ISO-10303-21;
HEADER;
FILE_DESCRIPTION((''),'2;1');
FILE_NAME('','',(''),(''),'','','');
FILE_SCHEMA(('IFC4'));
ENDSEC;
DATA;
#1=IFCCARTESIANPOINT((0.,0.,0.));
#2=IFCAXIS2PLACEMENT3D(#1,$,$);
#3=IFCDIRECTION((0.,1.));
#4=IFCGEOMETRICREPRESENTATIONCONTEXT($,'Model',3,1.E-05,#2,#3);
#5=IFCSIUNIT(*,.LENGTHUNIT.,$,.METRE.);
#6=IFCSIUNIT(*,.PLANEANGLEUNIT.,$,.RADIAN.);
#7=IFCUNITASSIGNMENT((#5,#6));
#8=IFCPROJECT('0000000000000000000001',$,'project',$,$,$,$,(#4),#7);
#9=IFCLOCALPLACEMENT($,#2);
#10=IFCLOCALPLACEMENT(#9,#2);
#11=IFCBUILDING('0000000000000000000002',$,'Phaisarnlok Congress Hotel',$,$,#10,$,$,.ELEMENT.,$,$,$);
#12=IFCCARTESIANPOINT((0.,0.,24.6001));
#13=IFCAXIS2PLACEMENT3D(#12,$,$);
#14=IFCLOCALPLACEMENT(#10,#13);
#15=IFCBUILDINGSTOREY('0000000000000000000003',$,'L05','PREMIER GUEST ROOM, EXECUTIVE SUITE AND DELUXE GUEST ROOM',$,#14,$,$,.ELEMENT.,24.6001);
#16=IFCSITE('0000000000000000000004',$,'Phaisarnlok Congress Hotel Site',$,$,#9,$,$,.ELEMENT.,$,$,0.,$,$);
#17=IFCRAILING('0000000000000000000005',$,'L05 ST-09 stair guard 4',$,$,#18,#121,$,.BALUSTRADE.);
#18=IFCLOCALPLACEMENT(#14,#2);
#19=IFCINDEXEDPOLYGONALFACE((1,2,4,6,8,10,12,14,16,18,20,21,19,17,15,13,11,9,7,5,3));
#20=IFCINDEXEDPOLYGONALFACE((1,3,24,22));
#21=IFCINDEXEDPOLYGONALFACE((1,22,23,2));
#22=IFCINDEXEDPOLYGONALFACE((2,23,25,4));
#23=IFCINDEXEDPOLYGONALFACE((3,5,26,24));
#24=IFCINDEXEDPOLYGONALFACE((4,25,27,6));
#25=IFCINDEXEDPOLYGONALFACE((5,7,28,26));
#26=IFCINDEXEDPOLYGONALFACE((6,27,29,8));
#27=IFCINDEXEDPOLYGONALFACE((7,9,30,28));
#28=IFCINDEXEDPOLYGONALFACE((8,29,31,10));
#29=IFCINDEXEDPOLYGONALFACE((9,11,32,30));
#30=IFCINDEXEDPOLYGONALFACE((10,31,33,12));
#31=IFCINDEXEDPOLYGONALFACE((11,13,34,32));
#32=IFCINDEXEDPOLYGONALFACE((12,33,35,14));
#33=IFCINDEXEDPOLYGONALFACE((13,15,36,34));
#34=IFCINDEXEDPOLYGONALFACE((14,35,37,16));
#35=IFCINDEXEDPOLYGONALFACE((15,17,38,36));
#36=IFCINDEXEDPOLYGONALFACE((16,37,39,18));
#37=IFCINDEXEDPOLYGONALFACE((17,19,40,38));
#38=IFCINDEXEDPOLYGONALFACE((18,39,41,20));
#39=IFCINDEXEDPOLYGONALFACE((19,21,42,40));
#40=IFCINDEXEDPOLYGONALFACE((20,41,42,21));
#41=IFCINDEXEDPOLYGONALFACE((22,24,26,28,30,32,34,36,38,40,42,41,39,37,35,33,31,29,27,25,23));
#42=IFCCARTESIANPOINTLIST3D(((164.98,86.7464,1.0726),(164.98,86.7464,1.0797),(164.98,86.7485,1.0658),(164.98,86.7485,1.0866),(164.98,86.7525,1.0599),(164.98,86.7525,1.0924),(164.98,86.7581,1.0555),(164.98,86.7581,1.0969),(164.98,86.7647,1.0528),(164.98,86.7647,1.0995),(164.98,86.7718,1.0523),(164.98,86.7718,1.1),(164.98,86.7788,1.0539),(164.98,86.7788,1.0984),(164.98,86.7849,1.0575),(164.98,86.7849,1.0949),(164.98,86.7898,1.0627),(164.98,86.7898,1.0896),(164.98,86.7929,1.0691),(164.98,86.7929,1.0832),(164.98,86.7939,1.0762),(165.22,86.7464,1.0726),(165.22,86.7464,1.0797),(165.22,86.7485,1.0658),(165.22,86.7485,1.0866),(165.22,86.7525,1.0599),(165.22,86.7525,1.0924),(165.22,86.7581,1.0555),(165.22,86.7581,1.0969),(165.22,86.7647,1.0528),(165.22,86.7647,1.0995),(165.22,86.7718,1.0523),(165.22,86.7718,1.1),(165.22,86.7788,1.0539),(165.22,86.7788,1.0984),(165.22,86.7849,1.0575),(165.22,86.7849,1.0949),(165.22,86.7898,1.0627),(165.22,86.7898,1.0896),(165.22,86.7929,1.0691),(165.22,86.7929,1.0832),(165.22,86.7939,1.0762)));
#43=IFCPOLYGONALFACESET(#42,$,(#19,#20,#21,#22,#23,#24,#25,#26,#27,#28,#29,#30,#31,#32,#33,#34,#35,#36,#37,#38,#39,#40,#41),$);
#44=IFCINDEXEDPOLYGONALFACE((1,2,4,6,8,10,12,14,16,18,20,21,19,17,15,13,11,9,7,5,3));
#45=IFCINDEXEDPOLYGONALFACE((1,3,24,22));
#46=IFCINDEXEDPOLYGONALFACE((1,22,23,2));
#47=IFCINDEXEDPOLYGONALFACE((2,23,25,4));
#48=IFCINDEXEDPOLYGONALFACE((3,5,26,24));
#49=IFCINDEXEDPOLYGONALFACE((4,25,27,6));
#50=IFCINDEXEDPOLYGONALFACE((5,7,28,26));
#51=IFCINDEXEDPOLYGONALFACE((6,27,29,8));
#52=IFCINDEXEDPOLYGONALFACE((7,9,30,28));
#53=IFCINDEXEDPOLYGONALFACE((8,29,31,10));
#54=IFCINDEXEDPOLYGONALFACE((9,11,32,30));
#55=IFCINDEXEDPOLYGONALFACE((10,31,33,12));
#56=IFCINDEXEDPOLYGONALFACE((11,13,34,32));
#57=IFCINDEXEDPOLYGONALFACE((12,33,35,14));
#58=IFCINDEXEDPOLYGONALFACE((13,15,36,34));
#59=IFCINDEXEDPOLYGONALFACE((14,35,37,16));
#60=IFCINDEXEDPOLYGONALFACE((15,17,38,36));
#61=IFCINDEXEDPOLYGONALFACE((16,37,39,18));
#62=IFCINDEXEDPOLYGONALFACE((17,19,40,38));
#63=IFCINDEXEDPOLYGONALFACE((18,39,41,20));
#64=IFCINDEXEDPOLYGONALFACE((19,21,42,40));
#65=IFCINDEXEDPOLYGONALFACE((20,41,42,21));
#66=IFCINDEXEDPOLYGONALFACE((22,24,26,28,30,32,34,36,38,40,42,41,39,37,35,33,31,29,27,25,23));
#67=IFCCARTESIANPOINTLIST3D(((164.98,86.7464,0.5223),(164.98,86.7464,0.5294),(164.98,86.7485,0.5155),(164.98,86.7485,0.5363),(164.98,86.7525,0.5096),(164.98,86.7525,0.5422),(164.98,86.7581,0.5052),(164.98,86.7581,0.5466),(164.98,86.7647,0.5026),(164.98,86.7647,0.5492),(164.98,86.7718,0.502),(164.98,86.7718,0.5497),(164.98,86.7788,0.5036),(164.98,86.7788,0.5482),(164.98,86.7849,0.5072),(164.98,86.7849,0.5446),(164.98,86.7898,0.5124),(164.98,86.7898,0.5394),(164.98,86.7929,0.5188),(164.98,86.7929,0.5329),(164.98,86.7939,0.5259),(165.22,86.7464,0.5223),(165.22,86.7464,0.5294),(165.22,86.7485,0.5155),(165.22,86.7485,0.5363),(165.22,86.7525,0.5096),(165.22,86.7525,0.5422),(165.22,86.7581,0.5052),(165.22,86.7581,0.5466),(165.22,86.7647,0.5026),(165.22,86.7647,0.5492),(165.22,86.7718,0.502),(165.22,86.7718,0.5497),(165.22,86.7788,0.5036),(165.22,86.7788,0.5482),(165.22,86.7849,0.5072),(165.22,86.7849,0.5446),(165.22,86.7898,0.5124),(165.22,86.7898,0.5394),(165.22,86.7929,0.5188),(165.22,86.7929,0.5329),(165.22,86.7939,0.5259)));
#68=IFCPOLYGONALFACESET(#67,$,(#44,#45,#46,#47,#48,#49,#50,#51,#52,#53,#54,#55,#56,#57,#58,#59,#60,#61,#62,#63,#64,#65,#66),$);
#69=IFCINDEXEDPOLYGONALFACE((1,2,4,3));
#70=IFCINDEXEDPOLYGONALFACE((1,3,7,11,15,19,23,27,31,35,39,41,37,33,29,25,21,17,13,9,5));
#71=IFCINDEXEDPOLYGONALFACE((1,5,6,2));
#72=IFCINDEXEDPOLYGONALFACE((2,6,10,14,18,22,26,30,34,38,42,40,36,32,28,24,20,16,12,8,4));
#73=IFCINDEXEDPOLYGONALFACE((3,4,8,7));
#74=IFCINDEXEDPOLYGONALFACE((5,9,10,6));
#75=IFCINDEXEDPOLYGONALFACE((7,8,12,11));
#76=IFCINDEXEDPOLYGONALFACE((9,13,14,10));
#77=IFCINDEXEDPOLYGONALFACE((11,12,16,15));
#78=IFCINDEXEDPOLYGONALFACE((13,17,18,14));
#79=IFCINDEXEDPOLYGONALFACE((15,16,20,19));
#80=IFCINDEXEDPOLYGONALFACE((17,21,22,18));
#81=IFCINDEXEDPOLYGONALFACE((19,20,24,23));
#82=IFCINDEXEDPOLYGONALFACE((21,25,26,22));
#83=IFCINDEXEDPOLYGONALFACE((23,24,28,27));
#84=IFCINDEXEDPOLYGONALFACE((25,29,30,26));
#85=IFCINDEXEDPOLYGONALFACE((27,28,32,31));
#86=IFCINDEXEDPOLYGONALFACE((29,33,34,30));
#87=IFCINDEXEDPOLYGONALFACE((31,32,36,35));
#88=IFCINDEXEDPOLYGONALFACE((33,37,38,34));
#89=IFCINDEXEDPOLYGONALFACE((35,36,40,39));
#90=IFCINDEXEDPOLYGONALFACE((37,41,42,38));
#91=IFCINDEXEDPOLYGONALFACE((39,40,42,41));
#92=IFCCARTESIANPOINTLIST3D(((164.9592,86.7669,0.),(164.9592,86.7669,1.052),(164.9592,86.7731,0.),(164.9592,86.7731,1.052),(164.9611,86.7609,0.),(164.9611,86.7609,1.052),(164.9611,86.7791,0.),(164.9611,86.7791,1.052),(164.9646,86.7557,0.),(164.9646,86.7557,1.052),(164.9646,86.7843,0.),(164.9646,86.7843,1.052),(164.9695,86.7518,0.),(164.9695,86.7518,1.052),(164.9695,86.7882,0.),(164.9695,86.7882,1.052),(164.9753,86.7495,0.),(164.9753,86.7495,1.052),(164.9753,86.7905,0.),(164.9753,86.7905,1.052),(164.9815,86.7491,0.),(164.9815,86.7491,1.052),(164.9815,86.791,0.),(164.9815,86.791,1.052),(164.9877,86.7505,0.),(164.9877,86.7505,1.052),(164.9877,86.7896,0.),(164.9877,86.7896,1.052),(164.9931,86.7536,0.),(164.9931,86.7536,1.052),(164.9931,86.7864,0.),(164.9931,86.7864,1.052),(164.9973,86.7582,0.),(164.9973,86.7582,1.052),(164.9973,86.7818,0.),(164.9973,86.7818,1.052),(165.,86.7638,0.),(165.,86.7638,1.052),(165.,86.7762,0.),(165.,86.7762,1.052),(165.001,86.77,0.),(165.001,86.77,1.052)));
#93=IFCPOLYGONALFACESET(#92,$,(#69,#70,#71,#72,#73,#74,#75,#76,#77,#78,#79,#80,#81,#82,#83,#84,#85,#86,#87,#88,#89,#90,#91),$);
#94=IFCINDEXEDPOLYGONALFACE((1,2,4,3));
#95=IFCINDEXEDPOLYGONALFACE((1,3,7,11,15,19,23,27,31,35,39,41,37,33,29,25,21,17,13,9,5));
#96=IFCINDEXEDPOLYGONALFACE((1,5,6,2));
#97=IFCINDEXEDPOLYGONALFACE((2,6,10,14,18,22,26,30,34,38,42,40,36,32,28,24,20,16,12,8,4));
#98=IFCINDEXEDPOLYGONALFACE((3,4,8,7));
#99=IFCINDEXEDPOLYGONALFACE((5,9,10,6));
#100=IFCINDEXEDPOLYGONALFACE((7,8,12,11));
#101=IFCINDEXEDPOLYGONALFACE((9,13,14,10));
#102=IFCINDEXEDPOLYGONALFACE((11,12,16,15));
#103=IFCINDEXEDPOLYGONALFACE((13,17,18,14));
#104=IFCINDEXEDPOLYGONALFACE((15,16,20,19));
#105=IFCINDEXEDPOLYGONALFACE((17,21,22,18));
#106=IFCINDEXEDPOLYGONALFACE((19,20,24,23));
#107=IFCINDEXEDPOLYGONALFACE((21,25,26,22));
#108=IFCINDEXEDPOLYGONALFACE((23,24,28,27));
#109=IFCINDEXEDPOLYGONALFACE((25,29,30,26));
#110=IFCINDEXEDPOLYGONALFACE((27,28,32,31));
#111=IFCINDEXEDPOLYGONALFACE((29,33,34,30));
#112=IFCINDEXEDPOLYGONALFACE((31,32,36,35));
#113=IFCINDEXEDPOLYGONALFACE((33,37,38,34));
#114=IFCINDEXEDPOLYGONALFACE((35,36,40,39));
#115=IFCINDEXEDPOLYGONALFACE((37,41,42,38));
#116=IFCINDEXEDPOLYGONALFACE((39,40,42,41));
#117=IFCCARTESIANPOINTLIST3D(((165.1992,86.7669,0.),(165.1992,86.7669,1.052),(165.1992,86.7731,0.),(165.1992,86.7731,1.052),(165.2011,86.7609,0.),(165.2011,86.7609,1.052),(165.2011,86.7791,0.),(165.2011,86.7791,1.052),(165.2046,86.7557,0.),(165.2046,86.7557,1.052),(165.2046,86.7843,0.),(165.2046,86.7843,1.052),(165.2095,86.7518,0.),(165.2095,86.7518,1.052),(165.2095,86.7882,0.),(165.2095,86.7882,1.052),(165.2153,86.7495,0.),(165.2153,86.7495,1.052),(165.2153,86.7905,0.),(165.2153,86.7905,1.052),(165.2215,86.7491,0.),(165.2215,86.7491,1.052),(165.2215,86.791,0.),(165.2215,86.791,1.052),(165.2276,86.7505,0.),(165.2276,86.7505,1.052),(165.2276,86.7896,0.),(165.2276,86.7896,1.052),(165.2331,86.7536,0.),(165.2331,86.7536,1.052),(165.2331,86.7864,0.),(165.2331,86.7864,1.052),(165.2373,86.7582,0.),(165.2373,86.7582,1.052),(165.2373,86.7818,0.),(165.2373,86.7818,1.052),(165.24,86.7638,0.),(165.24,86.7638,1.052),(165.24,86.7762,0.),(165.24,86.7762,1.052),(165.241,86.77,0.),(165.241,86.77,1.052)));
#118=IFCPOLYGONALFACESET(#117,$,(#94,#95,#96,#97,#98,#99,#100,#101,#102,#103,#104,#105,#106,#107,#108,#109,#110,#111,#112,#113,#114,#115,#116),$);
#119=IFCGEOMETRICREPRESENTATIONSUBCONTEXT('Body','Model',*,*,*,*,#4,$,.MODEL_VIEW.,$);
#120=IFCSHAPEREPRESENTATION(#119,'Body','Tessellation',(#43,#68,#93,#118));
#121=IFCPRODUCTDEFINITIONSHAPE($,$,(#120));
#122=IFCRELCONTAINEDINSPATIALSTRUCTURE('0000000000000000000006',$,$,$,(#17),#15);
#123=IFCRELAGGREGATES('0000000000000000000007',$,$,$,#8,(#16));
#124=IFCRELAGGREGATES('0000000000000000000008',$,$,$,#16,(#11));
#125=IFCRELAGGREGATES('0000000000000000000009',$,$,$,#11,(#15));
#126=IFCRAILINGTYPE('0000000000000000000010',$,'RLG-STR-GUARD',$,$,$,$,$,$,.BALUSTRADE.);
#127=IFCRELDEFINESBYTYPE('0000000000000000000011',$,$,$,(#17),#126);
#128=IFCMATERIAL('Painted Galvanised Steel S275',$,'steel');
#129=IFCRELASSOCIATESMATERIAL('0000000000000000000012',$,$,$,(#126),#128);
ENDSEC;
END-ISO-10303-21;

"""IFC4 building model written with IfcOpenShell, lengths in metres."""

from ifc_helpers import new_model, si_unit, direction, frame, origin, origin_2d, place, context, subcontext, project, spatial, circle, extrude, material, type_object, element, save


model = new_model("IFC4")

# Units and contexts
model_context = context("Model", 3, precision=1e-05, world=origin(), true_north=direction((0.0, 1.0)))
body_context = subcontext(model_context, "Body", "Model", "MODEL_VIEW")
ifc_project = project(units=[si_unit("LENGTHUNIT", "METRE"), si_unit("PLANEANGLEUNIT", "RADIAN")], contexts=[model_context])

# Site, building, storey
site_placement = place(None, origin())
site = spatial("IfcSite", under=ifc_project, at=site_placement, Name="Phaisarnlok Congress Hotel Site", CompositionType="ELEMENT", RefElevation=0.0)
building_placement = place(site_placement, origin())
building = spatial("IfcBuilding", under=site, at=building_placement, Name="Phaisarnlok Congress Hotel", CompositionType="ELEMENT")
storey_placement = place(building_placement, frame((0.0, 0.0, 24.6001)))
storey = spatial("IfcBuildingStorey", under=building, at=storey_placement, Name="L05", Description="PREMIER GUEST ROOM, EXECUTIVE SUITE AND DELUXE GUEST ROOM", CompositionType="ELEMENT", Elevation=24.6001)

# Railing
ifc_material_1 = material(Name="Painted Galvanised Steel S275", Category="steel")
railing_type_1 = type_object("IfcRailingType", Name="RLG-STR-GUARD", PredefinedType="BALUSTRADE", material=ifc_material_1)
railing_1_placement = place(storey_placement, frame((164.98, 86.77, 0.0)))
element("IfcRailing", 1, at=railing_1_placement, inside=storey, type_object=railing_type_1, Name="L05 ST-09 stair guard 4", PredefinedType="BALUSTRADE", context=body_context, shape_type="SweptSolid", body=[
    extrude(circle(Radius=0.0239, at=origin_2d()), frame((0.0, 0.0, 1.0762), z_axis=(1.0, 0.0, 0.0), x_axis=(0.0, 1.0, 0.0)), (0.0, 0.0, 1.0), 0.24),
    extrude(circle(Radius=0.0239, at=origin_2d()), frame((0.0, 0.0, 0.5259), z_axis=(1.0, 0.0, 0.0), x_axis=(0.0, 1.0, 0.0)), (0.0, 0.0, 1.0), 0.24),
    extrude(circle(Radius=0.021, at=origin_2d()), origin(), (0.0, 0.0, 1.0), 1.052),
    extrude(circle(Radius=0.021, at=origin_2d()), frame((0.24, 0.0, 0.0)), (0.0, 0.0, 1.0), 1.052),
])

save(model, "model.ifc")
